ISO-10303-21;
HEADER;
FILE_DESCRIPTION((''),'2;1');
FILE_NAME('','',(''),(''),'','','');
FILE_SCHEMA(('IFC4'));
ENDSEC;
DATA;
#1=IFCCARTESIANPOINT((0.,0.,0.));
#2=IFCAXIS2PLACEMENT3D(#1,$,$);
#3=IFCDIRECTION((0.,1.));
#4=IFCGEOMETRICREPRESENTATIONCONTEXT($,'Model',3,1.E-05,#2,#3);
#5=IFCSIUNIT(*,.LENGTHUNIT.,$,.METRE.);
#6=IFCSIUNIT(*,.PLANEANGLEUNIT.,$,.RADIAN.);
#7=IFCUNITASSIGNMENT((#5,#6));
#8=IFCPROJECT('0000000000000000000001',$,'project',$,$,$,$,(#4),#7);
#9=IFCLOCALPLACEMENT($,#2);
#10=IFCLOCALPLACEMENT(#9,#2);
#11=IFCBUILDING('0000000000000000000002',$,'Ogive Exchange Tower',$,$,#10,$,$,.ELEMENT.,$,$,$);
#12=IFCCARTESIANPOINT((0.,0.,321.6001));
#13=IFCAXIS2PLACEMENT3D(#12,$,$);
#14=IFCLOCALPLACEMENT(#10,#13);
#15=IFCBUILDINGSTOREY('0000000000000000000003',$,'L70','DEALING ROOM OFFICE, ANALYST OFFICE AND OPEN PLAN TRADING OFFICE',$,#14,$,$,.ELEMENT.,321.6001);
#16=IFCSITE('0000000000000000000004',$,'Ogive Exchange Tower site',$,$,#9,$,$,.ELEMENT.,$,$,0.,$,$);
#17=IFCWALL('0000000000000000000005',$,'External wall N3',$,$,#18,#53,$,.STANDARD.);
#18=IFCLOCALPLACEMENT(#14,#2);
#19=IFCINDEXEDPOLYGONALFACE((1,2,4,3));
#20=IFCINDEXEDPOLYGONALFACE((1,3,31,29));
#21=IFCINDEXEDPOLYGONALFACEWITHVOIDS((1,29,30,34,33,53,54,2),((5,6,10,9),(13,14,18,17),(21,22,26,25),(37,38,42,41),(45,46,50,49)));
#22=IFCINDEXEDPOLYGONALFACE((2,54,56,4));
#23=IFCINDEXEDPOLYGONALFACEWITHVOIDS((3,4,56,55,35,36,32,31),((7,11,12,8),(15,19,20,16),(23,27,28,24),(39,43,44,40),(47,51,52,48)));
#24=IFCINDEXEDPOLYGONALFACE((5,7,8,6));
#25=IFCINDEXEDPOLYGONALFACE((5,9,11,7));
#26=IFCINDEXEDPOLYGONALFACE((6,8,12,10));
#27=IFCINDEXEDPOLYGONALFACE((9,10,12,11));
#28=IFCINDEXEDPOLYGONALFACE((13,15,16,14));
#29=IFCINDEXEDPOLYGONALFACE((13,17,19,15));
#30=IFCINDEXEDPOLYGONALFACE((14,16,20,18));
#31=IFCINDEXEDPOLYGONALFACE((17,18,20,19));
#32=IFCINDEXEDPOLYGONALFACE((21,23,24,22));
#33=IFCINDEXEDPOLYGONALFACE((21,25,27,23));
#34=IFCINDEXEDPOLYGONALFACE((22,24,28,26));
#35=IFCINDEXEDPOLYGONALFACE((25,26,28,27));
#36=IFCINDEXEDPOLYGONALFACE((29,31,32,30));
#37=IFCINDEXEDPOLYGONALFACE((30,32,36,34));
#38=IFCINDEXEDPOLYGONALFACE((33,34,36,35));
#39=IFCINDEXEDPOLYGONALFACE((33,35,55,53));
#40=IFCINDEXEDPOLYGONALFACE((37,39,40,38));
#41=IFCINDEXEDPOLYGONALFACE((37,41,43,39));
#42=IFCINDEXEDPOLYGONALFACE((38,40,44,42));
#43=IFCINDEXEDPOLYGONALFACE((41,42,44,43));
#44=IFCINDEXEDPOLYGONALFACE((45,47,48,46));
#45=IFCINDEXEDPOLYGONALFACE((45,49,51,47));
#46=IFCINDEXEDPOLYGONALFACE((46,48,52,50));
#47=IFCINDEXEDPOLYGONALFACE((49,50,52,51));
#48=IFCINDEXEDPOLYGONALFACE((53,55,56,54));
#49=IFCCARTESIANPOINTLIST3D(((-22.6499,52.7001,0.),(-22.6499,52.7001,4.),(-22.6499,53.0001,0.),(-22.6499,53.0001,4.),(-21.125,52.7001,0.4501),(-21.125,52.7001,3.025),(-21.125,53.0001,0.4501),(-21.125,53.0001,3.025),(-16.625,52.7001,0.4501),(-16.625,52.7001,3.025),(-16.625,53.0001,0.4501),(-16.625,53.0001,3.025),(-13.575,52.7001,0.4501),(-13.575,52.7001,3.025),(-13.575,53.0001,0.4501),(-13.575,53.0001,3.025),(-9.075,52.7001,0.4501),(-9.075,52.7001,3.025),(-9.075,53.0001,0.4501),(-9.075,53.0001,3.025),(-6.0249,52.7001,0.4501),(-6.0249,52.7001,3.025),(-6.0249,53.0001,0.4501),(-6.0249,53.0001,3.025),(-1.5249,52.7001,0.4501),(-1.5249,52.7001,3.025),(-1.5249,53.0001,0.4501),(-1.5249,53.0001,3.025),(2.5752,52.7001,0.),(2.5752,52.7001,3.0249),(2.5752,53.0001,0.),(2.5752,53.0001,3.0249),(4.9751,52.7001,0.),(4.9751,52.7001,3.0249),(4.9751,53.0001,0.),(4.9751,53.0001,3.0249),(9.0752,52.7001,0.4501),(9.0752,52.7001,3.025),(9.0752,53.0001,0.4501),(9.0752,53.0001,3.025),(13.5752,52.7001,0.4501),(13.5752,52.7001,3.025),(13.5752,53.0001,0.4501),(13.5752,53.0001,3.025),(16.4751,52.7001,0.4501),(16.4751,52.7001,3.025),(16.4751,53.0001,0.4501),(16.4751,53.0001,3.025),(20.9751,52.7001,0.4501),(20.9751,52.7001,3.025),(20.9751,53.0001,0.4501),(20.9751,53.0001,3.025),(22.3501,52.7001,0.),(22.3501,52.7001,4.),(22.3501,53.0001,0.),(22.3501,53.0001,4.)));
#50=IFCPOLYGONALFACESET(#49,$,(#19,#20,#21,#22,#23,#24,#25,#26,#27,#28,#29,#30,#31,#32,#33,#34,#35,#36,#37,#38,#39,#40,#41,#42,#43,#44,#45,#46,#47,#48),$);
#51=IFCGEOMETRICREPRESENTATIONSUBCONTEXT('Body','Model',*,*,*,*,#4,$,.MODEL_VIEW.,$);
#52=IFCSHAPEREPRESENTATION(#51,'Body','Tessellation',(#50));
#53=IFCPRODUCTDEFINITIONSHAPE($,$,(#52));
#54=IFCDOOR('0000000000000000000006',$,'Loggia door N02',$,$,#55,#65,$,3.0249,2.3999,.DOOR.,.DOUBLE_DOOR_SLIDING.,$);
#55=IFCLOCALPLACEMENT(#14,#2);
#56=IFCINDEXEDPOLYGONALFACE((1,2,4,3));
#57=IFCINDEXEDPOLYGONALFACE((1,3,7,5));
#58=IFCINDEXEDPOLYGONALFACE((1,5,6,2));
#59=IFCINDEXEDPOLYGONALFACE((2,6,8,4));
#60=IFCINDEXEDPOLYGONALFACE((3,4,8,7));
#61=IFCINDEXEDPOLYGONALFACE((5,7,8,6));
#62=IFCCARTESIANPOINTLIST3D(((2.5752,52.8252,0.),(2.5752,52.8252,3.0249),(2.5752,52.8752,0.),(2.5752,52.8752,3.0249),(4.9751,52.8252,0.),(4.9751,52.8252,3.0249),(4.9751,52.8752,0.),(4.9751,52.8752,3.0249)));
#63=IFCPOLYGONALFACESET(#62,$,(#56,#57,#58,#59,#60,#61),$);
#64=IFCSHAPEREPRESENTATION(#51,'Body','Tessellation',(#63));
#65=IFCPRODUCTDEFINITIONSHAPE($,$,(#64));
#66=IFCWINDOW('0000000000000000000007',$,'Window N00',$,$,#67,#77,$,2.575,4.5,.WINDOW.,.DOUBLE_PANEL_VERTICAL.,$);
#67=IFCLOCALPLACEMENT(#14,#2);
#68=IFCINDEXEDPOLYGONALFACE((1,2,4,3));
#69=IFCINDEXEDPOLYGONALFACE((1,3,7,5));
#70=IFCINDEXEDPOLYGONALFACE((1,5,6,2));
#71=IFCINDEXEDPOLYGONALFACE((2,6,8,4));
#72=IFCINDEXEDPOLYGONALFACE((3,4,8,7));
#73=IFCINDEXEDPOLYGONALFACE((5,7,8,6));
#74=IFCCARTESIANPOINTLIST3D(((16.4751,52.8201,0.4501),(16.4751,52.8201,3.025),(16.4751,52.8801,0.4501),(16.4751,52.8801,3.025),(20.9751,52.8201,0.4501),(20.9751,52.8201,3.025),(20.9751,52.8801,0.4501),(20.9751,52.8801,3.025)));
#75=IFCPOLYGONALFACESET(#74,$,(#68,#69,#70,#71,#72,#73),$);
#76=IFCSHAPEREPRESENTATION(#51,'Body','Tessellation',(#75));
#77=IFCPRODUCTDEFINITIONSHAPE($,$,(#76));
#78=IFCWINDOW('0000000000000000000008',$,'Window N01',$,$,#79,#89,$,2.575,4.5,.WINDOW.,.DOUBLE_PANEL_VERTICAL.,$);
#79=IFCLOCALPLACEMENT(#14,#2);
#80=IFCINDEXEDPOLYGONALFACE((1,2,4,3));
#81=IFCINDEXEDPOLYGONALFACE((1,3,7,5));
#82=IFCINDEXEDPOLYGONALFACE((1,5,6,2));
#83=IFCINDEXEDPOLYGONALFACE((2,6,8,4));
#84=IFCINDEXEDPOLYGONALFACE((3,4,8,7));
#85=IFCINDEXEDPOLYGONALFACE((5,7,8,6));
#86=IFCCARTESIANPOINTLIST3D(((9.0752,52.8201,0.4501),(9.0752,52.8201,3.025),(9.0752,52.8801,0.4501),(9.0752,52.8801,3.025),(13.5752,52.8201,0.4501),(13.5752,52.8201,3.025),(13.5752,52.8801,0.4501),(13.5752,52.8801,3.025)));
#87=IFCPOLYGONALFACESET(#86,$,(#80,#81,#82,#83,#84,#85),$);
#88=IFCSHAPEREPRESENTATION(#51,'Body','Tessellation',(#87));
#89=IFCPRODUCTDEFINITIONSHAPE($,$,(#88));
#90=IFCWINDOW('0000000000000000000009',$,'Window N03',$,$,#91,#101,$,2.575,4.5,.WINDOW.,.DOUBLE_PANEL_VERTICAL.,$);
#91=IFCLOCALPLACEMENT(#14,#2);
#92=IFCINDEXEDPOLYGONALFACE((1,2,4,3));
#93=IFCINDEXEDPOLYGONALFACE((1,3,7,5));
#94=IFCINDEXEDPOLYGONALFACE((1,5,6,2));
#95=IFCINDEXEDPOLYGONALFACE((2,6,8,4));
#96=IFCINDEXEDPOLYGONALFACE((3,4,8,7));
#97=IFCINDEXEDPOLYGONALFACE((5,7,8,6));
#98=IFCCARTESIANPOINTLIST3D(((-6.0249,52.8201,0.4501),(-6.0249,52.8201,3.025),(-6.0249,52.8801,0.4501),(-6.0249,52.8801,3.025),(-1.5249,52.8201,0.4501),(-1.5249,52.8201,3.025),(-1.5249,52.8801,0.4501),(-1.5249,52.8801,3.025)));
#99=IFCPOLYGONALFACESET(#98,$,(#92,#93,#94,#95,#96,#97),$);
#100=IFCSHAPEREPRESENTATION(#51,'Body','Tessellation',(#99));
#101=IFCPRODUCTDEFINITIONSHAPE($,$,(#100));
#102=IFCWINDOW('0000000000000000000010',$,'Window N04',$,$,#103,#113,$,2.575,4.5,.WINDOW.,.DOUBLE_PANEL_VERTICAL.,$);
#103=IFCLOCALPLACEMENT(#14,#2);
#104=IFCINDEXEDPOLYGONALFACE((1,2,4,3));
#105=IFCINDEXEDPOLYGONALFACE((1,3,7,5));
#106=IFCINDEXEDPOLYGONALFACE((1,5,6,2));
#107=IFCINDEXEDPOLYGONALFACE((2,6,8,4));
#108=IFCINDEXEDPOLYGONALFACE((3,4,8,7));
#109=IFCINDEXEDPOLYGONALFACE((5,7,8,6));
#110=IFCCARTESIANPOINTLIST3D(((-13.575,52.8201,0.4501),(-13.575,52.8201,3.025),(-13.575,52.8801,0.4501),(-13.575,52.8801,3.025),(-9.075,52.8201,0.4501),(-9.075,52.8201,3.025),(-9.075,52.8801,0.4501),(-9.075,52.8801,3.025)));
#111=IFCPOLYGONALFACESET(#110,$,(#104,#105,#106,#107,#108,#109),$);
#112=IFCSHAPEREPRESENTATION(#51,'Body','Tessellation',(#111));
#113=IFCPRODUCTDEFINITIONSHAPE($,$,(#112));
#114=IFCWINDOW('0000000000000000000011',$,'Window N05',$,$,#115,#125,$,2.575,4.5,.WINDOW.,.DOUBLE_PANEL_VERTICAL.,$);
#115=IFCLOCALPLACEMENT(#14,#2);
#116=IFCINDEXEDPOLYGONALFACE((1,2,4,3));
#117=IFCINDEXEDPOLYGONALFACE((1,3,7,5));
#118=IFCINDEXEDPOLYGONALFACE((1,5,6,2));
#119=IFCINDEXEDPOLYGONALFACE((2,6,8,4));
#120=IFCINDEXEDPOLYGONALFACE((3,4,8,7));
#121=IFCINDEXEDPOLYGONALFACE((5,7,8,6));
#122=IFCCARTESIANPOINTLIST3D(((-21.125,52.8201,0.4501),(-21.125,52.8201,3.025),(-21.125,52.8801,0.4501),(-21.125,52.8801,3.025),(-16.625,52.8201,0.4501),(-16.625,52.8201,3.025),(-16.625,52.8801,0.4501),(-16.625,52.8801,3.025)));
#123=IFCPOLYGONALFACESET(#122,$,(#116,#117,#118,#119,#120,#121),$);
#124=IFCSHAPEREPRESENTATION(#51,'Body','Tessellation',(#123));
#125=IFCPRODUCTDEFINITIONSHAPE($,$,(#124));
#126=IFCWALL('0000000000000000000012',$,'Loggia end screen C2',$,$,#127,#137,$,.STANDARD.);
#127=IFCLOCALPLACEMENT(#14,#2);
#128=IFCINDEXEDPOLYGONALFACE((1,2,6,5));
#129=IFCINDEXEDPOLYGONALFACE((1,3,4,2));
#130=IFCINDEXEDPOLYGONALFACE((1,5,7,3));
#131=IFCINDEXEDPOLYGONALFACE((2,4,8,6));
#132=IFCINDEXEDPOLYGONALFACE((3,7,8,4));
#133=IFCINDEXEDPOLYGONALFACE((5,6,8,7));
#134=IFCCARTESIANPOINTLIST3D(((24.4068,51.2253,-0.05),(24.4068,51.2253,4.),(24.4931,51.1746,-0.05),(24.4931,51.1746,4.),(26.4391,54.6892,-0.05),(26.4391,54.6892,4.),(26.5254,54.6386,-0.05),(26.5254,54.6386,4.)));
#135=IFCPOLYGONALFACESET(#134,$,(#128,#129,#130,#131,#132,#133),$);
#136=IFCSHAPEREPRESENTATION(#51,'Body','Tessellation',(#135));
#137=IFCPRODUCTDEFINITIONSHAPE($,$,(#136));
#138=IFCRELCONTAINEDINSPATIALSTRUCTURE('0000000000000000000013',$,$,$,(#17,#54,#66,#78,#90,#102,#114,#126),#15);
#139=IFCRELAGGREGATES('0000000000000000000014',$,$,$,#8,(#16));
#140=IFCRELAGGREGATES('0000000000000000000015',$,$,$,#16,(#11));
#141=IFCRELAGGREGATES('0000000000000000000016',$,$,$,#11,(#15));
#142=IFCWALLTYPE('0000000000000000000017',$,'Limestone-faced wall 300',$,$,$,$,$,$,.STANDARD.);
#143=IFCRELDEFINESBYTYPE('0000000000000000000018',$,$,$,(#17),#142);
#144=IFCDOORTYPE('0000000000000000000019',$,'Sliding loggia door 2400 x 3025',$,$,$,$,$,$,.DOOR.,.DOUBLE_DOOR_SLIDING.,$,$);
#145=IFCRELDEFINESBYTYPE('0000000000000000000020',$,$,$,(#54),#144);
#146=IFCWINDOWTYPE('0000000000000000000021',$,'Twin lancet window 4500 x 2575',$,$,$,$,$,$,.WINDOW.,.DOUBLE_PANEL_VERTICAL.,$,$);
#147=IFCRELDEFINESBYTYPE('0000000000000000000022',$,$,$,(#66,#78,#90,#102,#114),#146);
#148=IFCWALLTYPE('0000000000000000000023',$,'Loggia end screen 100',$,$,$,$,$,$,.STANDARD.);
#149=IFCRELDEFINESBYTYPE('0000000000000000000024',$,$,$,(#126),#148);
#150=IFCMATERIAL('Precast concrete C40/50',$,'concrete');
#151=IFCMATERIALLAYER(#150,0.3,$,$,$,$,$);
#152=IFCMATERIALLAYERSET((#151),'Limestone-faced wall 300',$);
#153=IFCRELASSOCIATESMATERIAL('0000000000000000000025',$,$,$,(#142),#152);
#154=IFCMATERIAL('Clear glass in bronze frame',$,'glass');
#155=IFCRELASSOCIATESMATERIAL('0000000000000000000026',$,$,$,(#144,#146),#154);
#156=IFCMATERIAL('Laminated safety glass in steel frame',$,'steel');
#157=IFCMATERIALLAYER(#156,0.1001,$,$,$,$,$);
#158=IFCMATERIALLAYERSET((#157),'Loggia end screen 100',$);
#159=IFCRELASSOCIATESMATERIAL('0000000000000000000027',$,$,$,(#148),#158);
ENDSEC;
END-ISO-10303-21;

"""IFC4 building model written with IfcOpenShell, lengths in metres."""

from ifc_helpers import new_model, si_unit, direction, frame, frame_2d, origin, place, context, subcontext, project, spatial, rectangle, extrude, material, layer, layer_set, type_object, element, fill, save


model = new_model("IFC4")

# Units and contexts
model_context = context("Model", 3, precision=1e-05, world=origin(), true_north=direction((0.0, 1.0)))
body_context = subcontext(model_context, "Body", "Model", "MODEL_VIEW")
ifc_project = project(units=[si_unit("LENGTHUNIT", "METRE"), si_unit("PLANEANGLEUNIT", "RADIAN")], contexts=[model_context])

# Site, building, storey
site_placement = place(None, origin())
site = spatial("IfcSite", under=ifc_project, at=site_placement, Name="Ogive Exchange Tower site", CompositionType="ELEMENT", RefElevation=0.0)
building_placement = place(site_placement, origin())
building = spatial("IfcBuilding", under=site, at=building_placement, Name="Ogive Exchange Tower", CompositionType="ELEMENT")
storey_placement = place(building_placement, frame((0.0, 0.0, 321.6001)))
storey = spatial("IfcBuildingStorey", under=building, at=storey_placement, Name="L70", Description="DEALING ROOM OFFICE, ANALYST OFFICE AND OPEN PLAN TRADING OFFICE", CompositionType="ELEMENT", Elevation=321.6001)

# Wall, openings, door, windows
ifc_material_1 = material(Name="Precast concrete C40/50", Category="concrete")
ifc_layer_1 = layer(ifc_material_1, 0.3)
ifc_layer_set_1 = layer_set([ifc_layer_1], Name="Limestone-faced wall 300")
wall_type_1 = type_object("IfcWallType", Name="Limestone-faced wall 300", PredefinedType="STANDARD", material=ifc_layer_set_1)
wall_1_placement = place(storey_placement, frame((22.3501, 52.8501, 0.0), z_axis=(0.0, 0.0, 1.0), x_axis=(-1.0, 0.0, 0.0)))
wall_1 = element("IfcWall", 1, at=wall_1_placement, inside=storey, type_object=wall_type_1, Name="External wall N3", PredefinedType="STANDARD", context=body_context, shape_type="SweptSolid", body=[
    extrude(rectangle(XDim=45.0, YDim=0.3, at=frame_2d((22.5, 0.0))), origin(), (0.0, 0.0, 1.0), 4.0),
])
opening_1_placement = place(wall_1_placement, frame((1.375, 0.0, 0.45)))
opening_1 = element("IfcOpeningElement", 2, at=opening_1_placement, cuts=wall_1, PredefinedType="OPENING", context=body_context, shape_type="SweptSolid", body=[
    extrude(rectangle(XDim=4.5, YDim=2.575, at=frame_2d((2.25, 1.2876))), frame((0.0, 0.1599, 0.0), z_axis=(0.0, -1.0, 0.0), x_axis=(1.0, 0.0, 0.0)), (0.0, 0.0, 1.0), 0.3201),
])
opening_2_placement = place(wall_1_placement, frame((8.7749, 0.0, 0.45)))
opening_2 = element("IfcOpeningElement", 3, at=opening_2_placement, cuts=wall_1, PredefinedType="OPENING", context=body_context, shape_type="SweptSolid", body=[
    extrude(rectangle(XDim=4.5, YDim=2.575, at=frame_2d((2.25, 1.2876))), frame((0.0, 0.1599, 0.0), z_axis=(0.0, -1.0, 0.0), x_axis=(1.0, 0.0, 0.0)), (0.0, 0.0, 1.0), 0.3201),
])
opening_3_placement = place(wall_1_placement, frame((17.375, 0.0, 0.0)))
opening_3 = element("IfcOpeningElement", 4, at=opening_3_placement, cuts=wall_1, PredefinedType="OPENING", context=body_context, shape_type="SweptSolid", body=[
    extrude(rectangle(XDim=2.3999, YDim=3.0249, at=frame_2d((1.2, 1.5125))), frame((0.0, 0.1599, 0.0), z_axis=(0.0, -1.0, 0.0), x_axis=(1.0, 0.0, 0.0)), (0.0, 0.0, 1.0), 0.3201),
])
opening_4_placement = place(wall_1_placement, frame((23.875, 0.0, 0.45)))
opening_4 = element("IfcOpeningElement", 5, at=opening_4_placement, cuts=wall_1, PredefinedType="OPENING", context=body_context, shape_type="SweptSolid", body=[
    extrude(rectangle(XDim=4.5, YDim=2.575, at=frame_2d((2.25, 1.2876))), frame((0.0, 0.1599, 0.0), z_axis=(0.0, -1.0, 0.0), x_axis=(1.0, 0.0, 0.0)), (0.0, 0.0, 1.0), 0.3201),
])
opening_5_placement = place(wall_1_placement, frame((31.425, 0.0, 0.45)))
opening_5 = element("IfcOpeningElement", 6, at=opening_5_placement, cuts=wall_1, PredefinedType="OPENING", context=body_context, shape_type="SweptSolid", body=[
    extrude(rectangle(XDim=4.5, YDim=2.575, at=frame_2d((2.25, 1.2876))), frame((0.0, 0.1599, 0.0), z_axis=(0.0, -1.0, 0.0), x_axis=(1.0, 0.0, 0.0)), (0.0, 0.0, 1.0), 0.3201),
])
opening_6_placement = place(wall_1_placement, frame((38.9751, 0.0, 0.45)))
opening_6 = element("IfcOpeningElement", 7, at=opening_6_placement, cuts=wall_1, PredefinedType="OPENING", context=body_context, shape_type="SweptSolid", body=[
    extrude(rectangle(XDim=4.5, YDim=2.575, at=frame_2d((2.25, 1.2876))), frame((0.0, 0.1599, 0.0), z_axis=(0.0, -1.0, 0.0), x_axis=(1.0, 0.0, 0.0)), (0.0, 0.0, 1.0), 0.3201),
])
ifc_material_2 = material(Name="Clear glass in bronze frame", Category="glass")
door_type_1 = type_object("IfcDoorType", Name="Sliding loggia door 2400 x 3025", OperationType="DOUBLE_DOOR_SLIDING", PredefinedType="DOOR", material=ifc_material_2)
door_1_placement = place(opening_3_placement, origin())
door_1 = element("IfcDoor", 8, at=door_1_placement, inside=storey, type_object=door_type_1, Name="Loggia door N02", OperationType="DOUBLE_DOOR_SLIDING", OverallHeight=3.0249, OverallWidth=2.3999, PredefinedType="DOOR", context=body_context, shape_type="SweptSolid", body=[
    extrude(rectangle(XDim=2.3999, YDim=3.0249, at=frame_2d((1.2, 1.5125))), frame((0.0, 0.0249, 0.0), z_axis=(0.0, -1.0, 0.0), x_axis=(1.0, 0.0, 0.0)), (0.0, 0.0, 1.0), 0.05),
])
fill(opening_3, door_1)
window_type = type_object("IfcWindowType", Name="Twin lancet window 4500 x 2575", PartitioningType="DOUBLE_PANEL_VERTICAL", PredefinedType="WINDOW", material=ifc_material_2)
window_1_placement = place(opening_1_placement, origin())
window_1 = element("IfcWindow", 9, at=window_1_placement, inside=storey, type_object=window_type, Name="Window N00", OverallHeight=2.575, OverallWidth=4.5, PartitioningType="DOUBLE_PANEL_VERTICAL", PredefinedType="WINDOW", context=body_context, shape_type="SweptSolid", body=[
    extrude(rectangle(XDim=4.5, YDim=2.575, at=frame_2d((2.25, 1.2876))), frame((0.0, 0.03, 0.0), z_axis=(0.0, -1.0, 0.0), x_axis=(1.0, 0.0, 0.0)), (0.0, 0.0, 1.0), 0.0601),
])
fill(opening_1, window_1)
window_2_placement = place(opening_2_placement, origin())
window_2 = element("IfcWindow", 10, at=window_2_placement, inside=storey, type_object=window_type, Name="Window N01", OverallHeight=2.575, OverallWidth=4.5, PartitioningType="DOUBLE_PANEL_VERTICAL", PredefinedType="WINDOW", context=body_context, shape_type="SweptSolid", body=[
    extrude(rectangle(XDim=4.5, YDim=2.575, at=frame_2d((2.25, 1.2876))), frame((0.0, 0.03, 0.0), z_axis=(0.0, -1.0, 0.0), x_axis=(1.0, 0.0, 0.0)), (0.0, 0.0, 1.0), 0.0601),
])
fill(opening_2, window_2)
window_3_placement = place(opening_4_placement, origin())
window_3 = element("IfcWindow", 11, at=window_3_placement, inside=storey, type_object=window_type, Name="Window N03", OverallHeight=2.575, OverallWidth=4.5, PartitioningType="DOUBLE_PANEL_VERTICAL", PredefinedType="WINDOW", context=body_context, shape_type="SweptSolid", body=[
    extrude(rectangle(XDim=4.5, YDim=2.575, at=frame_2d((2.25, 1.2876))), frame((0.0, 0.03, 0.0), z_axis=(0.0, -1.0, 0.0), x_axis=(1.0, 0.0, 0.0)), (0.0, 0.0, 1.0), 0.0601),
])
fill(opening_4, window_3)
window_4_placement = place(opening_5_placement, origin())
window_4 = element("IfcWindow", 12, at=window_4_placement, inside=storey, type_object=window_type, Name="Window N04", OverallHeight=2.575, OverallWidth=4.5, PartitioningType="DOUBLE_PANEL_VERTICAL", PredefinedType="WINDOW", context=body_context, shape_type="SweptSolid", body=[
    extrude(rectangle(XDim=4.5, YDim=2.575, at=frame_2d((2.25, 1.2876))), frame((0.0, 0.03, 0.0), z_axis=(0.0, -1.0, 0.0), x_axis=(1.0, 0.0, 0.0)), (0.0, 0.0, 1.0), 0.0601),
])
fill(opening_5, window_4)
window_5_placement = place(opening_6_placement, origin())
window_5 = element("IfcWindow", 13, at=window_5_placement, inside=storey, type_object=window_type, Name="Window N05", OverallHeight=2.575, OverallWidth=4.5, PartitioningType="DOUBLE_PANEL_VERTICAL", PredefinedType="WINDOW", context=body_context, shape_type="SweptSolid", body=[
    extrude(rectangle(XDim=4.5, YDim=2.575, at=frame_2d((2.25, 1.2876))), frame((0.0, 0.03, 0.0), z_axis=(0.0, -1.0, 0.0), x_axis=(1.0, 0.0, 0.0)), (0.0, 0.0, 1.0), 0.0601),
])
fill(opening_6, window_5)

# Wall
ifc_material_3 = material(Name="Laminated safety glass in steel frame", Category="steel")
ifc_layer_2 = layer(ifc_material_3, 0.1001)
ifc_layer_set_2 = layer_set([ifc_layer_2], Name="Loggia end screen 100")
wall_type_2 = type_object("IfcWallType", Name="Loggia end screen 100", PredefinedType="STANDARD", material=ifc_layer_set_2)
wall_2_placement = place(storey_placement, frame((24.45, 51.2, -0.05), z_axis=(0.0, 0.0, 1.0), x_axis=(0.506031, 0.862515, 0.0)))
element("IfcWall", 14, at=wall_2_placement, inside=storey, type_object=wall_type_2, Name="Loggia end screen C2", PredefinedType="STANDARD", context=body_context, shape_type="SweptSolid", body=[
    extrude(rectangle(XDim=4.0161, YDim=0.1001, at=frame_2d((2.0081, 0.0))), origin(), (0.0, 0.0, 1.0), 4.05),
])

save(model, "model.ifc")
